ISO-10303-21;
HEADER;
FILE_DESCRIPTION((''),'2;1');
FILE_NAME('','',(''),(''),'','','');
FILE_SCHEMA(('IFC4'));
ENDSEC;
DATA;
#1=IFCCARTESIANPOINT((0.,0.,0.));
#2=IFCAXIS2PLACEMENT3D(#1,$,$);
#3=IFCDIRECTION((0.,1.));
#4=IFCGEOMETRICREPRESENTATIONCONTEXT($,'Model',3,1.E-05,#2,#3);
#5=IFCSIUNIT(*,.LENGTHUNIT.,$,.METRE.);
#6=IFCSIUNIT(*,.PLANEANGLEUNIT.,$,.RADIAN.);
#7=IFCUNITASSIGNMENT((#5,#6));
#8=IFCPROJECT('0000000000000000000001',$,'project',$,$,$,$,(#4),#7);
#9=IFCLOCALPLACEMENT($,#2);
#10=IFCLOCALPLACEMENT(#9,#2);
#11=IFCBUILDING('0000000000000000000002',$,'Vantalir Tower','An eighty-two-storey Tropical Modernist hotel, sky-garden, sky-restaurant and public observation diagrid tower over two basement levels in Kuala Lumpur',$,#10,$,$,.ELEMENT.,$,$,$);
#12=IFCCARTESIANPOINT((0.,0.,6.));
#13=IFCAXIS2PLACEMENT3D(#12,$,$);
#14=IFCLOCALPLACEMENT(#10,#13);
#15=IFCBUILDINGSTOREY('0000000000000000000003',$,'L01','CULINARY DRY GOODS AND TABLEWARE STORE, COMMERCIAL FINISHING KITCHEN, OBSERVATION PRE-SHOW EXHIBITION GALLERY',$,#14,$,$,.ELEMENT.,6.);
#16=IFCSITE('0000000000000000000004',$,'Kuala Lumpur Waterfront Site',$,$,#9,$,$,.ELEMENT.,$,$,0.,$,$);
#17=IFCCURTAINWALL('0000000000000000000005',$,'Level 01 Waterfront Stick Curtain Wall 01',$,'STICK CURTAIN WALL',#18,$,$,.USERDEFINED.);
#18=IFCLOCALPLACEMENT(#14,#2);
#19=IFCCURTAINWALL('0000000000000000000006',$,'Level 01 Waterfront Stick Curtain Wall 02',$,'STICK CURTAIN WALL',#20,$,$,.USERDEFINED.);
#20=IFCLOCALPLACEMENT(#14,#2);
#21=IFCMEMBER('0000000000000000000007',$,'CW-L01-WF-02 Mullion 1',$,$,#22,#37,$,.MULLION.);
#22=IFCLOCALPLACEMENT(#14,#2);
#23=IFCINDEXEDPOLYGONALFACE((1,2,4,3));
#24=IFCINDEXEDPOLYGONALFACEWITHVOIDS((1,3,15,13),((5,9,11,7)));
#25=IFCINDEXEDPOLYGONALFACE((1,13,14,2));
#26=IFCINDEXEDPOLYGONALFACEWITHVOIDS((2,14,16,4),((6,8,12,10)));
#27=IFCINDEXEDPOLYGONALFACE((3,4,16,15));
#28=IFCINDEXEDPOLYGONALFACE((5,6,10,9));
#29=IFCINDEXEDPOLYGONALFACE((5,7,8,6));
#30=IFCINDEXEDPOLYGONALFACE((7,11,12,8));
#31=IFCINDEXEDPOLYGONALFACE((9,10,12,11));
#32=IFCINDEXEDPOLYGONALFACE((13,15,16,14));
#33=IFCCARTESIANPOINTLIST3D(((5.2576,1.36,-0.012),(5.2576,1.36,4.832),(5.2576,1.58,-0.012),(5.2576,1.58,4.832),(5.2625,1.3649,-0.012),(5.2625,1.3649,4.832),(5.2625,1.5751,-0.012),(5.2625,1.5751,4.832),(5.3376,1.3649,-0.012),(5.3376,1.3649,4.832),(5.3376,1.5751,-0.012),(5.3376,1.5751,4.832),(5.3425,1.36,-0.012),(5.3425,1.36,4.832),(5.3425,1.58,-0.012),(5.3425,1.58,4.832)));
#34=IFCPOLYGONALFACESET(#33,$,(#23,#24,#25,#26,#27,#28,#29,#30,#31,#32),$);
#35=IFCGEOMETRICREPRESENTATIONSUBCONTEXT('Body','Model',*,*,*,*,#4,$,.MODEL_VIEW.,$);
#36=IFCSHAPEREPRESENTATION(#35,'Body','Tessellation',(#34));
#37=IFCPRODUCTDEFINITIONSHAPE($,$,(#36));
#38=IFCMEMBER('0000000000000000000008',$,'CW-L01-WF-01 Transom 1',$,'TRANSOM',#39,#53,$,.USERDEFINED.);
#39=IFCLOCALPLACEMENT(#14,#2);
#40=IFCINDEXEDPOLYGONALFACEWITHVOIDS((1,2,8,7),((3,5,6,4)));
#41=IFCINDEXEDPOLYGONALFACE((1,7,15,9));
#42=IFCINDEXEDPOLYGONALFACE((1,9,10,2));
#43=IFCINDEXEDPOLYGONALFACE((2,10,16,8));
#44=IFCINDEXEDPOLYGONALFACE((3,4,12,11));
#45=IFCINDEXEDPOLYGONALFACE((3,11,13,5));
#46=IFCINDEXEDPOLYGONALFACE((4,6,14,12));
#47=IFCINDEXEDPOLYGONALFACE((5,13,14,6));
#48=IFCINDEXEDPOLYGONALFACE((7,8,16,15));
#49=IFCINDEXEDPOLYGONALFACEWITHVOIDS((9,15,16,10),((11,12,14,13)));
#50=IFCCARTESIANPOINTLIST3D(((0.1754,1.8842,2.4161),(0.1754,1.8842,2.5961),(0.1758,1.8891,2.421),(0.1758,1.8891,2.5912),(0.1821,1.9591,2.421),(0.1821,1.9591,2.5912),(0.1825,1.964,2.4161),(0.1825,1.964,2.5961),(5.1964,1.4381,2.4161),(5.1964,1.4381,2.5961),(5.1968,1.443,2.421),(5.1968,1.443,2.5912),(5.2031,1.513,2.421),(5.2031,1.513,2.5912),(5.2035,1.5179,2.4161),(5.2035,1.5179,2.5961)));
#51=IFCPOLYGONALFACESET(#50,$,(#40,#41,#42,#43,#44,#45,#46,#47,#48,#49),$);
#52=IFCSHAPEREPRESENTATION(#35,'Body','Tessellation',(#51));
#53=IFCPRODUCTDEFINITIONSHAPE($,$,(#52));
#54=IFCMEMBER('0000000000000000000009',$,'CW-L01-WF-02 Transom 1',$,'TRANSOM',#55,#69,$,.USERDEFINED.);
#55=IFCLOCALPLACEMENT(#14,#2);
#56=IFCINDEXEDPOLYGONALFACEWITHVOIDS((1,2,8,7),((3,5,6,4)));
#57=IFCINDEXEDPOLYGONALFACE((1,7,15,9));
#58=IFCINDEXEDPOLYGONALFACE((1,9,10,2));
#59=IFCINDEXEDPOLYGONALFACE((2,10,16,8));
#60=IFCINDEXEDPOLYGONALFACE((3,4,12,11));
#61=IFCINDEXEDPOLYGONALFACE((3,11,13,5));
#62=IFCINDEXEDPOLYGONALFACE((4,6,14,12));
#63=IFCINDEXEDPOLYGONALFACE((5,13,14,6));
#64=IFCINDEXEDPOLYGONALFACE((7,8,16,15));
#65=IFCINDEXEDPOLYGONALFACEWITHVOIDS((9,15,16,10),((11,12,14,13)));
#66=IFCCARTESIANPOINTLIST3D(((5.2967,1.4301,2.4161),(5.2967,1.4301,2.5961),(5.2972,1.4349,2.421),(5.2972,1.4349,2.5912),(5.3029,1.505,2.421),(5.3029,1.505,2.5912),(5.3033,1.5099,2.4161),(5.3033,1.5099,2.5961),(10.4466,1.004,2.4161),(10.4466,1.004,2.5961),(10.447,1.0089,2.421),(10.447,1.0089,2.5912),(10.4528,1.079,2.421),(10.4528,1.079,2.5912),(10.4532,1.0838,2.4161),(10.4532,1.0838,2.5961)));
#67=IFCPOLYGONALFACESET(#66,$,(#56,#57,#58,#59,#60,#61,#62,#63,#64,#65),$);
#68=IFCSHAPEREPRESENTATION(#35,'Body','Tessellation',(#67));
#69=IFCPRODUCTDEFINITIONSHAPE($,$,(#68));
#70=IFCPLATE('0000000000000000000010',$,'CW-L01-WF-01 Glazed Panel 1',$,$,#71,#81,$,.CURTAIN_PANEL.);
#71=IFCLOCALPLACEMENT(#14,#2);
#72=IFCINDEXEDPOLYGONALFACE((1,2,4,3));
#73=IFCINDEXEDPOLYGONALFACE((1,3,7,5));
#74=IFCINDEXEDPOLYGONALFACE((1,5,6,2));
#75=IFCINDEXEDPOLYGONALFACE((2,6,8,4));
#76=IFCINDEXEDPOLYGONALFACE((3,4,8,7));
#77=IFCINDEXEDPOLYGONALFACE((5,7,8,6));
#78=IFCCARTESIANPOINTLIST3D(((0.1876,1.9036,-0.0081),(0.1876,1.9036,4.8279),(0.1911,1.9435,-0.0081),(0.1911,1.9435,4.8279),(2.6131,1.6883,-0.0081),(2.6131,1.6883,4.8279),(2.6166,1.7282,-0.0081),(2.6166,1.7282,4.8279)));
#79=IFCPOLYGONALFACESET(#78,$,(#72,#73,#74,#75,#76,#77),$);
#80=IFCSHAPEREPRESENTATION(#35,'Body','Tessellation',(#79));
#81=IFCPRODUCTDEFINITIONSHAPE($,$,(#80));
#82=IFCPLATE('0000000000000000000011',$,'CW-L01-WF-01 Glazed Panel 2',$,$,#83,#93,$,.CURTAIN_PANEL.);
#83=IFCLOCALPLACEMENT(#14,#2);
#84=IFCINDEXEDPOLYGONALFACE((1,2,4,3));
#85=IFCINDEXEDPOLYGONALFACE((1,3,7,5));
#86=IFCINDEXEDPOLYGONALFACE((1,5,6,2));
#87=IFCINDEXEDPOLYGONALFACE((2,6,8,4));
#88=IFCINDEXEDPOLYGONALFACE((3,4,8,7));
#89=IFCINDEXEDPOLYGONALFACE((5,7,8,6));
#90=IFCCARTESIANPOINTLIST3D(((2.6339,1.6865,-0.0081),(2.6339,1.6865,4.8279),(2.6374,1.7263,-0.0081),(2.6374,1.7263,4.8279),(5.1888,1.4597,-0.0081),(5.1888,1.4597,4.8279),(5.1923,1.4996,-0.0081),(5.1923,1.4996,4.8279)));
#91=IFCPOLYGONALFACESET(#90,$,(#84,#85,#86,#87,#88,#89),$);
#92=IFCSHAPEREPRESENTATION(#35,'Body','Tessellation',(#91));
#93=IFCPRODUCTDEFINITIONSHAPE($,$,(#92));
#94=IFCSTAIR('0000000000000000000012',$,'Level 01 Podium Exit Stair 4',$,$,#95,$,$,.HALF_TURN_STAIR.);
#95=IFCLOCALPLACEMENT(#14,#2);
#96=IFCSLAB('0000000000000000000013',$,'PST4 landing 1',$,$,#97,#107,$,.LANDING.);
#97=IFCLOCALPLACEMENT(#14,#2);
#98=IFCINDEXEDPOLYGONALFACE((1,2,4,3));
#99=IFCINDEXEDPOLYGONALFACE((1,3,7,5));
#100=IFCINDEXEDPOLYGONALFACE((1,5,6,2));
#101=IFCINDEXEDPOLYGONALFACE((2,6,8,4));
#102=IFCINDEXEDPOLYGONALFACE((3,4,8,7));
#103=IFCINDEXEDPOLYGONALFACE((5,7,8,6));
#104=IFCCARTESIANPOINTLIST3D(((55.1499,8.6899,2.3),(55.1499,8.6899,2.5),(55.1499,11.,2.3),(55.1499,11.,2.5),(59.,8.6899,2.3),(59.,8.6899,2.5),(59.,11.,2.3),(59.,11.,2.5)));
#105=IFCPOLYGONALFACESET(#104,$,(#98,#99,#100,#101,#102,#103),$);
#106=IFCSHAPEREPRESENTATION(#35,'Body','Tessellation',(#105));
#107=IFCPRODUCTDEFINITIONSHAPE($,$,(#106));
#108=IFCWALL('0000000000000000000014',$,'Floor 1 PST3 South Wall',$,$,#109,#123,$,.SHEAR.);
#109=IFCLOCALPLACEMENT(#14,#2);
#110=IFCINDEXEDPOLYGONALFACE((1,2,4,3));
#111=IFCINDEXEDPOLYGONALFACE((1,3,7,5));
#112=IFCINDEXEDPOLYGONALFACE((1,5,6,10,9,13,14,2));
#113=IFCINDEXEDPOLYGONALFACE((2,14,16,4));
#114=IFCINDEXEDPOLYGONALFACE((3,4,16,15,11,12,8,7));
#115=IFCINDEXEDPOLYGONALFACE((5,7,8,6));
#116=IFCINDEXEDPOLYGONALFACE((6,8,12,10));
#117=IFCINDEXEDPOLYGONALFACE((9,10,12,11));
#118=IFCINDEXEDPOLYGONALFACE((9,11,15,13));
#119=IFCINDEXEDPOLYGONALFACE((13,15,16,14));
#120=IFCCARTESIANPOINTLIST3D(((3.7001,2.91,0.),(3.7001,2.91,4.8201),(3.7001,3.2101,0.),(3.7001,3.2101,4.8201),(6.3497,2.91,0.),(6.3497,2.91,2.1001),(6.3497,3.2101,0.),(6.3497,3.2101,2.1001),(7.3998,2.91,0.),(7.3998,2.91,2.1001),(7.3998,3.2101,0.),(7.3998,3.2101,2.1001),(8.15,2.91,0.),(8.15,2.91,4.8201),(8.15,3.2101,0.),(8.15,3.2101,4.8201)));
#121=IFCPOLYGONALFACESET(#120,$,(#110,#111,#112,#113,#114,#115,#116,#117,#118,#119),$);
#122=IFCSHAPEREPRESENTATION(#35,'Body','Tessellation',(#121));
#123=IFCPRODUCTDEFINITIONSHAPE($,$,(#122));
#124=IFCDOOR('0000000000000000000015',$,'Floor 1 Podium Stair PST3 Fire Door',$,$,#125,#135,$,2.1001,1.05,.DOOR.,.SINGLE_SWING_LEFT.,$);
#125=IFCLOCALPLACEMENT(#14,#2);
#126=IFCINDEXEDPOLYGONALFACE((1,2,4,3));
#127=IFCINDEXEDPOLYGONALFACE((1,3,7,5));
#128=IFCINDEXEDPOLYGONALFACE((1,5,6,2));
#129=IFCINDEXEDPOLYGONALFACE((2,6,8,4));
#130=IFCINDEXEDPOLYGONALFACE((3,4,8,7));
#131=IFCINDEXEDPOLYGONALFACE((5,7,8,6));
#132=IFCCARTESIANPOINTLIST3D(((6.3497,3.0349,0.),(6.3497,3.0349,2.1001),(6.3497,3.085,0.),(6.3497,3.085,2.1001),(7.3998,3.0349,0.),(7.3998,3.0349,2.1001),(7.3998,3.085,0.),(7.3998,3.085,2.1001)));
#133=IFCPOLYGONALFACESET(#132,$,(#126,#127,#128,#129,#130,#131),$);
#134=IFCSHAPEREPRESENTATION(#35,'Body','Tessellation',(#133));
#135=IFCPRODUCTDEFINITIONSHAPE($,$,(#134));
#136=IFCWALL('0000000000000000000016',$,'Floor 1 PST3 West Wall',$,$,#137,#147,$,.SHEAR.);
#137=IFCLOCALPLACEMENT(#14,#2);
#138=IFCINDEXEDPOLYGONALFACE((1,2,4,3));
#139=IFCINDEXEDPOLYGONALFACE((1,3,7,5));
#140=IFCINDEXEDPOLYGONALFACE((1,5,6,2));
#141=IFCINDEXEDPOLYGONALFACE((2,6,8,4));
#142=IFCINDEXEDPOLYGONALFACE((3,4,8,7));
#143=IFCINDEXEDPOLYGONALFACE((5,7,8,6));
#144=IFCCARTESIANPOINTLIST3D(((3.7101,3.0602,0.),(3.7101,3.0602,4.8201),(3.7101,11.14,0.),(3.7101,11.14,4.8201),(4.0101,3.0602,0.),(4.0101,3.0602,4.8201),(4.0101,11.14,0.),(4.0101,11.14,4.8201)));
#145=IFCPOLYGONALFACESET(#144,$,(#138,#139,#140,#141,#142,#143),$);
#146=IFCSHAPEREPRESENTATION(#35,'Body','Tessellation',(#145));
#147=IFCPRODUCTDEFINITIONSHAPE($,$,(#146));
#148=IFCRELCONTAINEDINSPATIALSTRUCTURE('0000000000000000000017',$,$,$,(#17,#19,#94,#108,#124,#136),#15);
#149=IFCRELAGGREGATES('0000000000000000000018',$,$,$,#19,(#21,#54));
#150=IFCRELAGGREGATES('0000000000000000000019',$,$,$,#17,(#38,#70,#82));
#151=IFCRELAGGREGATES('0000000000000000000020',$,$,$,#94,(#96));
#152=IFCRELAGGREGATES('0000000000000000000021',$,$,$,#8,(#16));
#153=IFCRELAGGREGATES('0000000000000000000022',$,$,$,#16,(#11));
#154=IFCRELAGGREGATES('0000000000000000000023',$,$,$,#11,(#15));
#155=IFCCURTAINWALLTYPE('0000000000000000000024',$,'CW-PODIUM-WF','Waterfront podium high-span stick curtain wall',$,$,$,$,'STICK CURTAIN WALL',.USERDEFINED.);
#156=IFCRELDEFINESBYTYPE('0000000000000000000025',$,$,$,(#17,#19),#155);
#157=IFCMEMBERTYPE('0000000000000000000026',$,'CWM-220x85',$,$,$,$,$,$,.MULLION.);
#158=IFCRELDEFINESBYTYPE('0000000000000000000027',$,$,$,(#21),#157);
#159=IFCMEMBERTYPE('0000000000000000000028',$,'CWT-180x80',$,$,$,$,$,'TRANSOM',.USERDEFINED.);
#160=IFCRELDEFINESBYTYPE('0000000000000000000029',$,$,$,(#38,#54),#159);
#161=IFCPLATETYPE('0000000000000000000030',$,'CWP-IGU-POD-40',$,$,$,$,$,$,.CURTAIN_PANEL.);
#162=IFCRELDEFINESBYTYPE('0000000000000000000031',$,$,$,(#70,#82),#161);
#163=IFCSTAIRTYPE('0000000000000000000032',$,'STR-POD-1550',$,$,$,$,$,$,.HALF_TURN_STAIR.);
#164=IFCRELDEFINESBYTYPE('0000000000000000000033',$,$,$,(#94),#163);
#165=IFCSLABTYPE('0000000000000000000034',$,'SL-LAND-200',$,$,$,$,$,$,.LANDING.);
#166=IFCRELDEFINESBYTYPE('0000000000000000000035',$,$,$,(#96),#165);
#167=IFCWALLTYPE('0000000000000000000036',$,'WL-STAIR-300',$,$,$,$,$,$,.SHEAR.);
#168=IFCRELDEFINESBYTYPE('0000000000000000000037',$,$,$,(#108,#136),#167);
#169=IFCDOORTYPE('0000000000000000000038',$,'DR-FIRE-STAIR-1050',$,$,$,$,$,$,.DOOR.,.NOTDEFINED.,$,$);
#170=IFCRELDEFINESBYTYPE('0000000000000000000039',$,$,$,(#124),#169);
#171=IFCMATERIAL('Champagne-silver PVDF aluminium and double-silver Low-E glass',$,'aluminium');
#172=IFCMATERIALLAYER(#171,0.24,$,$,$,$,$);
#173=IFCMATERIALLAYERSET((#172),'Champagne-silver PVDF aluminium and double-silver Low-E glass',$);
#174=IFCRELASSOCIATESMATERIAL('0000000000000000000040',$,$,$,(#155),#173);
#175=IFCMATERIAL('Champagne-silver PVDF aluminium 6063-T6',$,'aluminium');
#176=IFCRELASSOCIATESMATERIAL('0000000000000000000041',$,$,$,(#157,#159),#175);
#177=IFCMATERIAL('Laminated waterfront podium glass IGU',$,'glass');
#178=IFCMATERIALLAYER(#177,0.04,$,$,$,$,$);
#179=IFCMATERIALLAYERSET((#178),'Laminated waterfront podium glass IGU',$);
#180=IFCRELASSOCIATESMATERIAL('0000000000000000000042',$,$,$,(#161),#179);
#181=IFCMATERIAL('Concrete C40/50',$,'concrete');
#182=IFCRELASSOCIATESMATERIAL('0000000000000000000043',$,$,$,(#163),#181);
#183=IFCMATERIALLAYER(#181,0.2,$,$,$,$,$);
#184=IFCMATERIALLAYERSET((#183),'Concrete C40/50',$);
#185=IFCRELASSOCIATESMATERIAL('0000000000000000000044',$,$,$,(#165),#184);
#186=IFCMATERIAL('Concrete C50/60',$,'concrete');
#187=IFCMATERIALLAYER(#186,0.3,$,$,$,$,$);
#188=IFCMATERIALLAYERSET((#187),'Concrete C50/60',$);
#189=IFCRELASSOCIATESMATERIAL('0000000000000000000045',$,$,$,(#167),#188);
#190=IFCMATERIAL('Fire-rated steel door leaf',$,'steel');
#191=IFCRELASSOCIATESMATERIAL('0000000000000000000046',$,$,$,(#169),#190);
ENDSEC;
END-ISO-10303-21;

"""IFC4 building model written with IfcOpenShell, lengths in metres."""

from ifc_helpers import new_model, si_unit, direction, frame, frame_2d, origin, origin_2d, place, context, subcontext, project, spatial, polyline, rectangle, hollow_rectangle, outline, extrude, material, layer, layer_set, material_profile, profile_set, type_object, element, fill, aggregate, save


model = new_model("IFC4")

# Units and contexts
model_context = context("Model", 3, precision=1e-05, world=origin(), true_north=direction((0.0, 1.0)))
body_context = subcontext(model_context, "Body", "Model", "MODEL_VIEW")
ifc_project = project(units=[si_unit("LENGTHUNIT", "METRE"), si_unit("PLANEANGLEUNIT", "RADIAN")], contexts=[model_context])

# Site, building, storey
site_placement = place(None, origin())
site = spatial("IfcSite", under=ifc_project, at=site_placement, Name="Kuala Lumpur Waterfront Site", CompositionType="ELEMENT", RefElevation=0.0)
building_placement = place(site_placement, origin())
building = spatial("IfcBuilding", under=site, at=building_placement, Name="Vantalir Tower", Description="An eighty-two-storey Tropical Modernist hotel, sky-garden, sky-restaurant and public observation diagrid tower over two basement levels in Kuala Lumpur", CompositionType="ELEMENT")
storey_placement = place(building_placement, frame((0.0, 0.0, 6.0)))
storey = spatial("IfcBuildingStorey", under=building, at=storey_placement, Name="L01", Description="CULINARY DRY GOODS AND TABLEWARE STORE, COMMERCIAL FINISHING KITCHEN, OBSERVATION PRE-SHOW EXHIBITION GALLERY", CompositionType="ELEMENT", Elevation=6.0)

# Curtain wall
ifc_material_1 = material(Name="Champagne-silver PVDF aluminium and double-silver Low-E glass", Category="aluminium")
ifc_layer_1 = layer(ifc_material_1, 0.24)
ifc_layer_set_1 = layer_set([ifc_layer_1], Name="Champagne-silver PVDF aluminium and double-silver Low-E glass")
curtain_wall_type = type_object("IfcCurtainWallType", Name="CW-PODIUM-WF", Description="Waterfront podium high-span stick curtain wall", ElementType="STICK CURTAIN WALL", PredefinedType="USERDEFINED", material=ifc_layer_set_1)
curtain_wall_1_placement = place(storey_placement, origin())
curtain_wall_1 = element("IfcCurtainWall", 1, at=curtain_wall_1_placement, inside=storey, type_object=curtain_wall_type, Name="Level 01 Waterfront Stick Curtain Wall 01", ObjectType="STICK CURTAIN WALL", PredefinedType="USERDEFINED")
ifc_material_2 = material(Name="Champagne-silver PVDF aluminium 6063-T6", Category="aluminium")
ifc_material_profile_1 = material_profile(ifc_material_2, hollow_rectangle(XDim=0.085, YDim=0.22, WallThickness=0.0049, at=origin_2d()), Name="Champagne-silver PVDF aluminium 6063-T6")
ifc_profile_set_1 = profile_set([ifc_material_profile_1], Name="Champagne-silver PVDF aluminium 6063-T6")
member_type_1 = type_object("IfcMemberType", Name="CWM-220x85", PredefinedType="MULLION", material=ifc_profile_set_1)

# Curtain wall, member
curtain_wall_2_placement = place(storey_placement, origin())
curtain_wall_2 = element("IfcCurtainWall", 2, at=curtain_wall_2_placement, inside=storey, type_object=curtain_wall_type, Name="Level 01 Waterfront Stick Curtain Wall 02", ObjectType="STICK CURTAIN WALL", PredefinedType="USERDEFINED")
member_1_placement = place(storey_placement, frame((5.3, 1.47, -0.012), z_axis=(0.0, 0.0, 1.0), x_axis=(1.0, 0.0, 0.0)))
member_1 = element("IfcMember", 3, at=member_1_placement, type_object=member_type_1, Name="CW-L01-WF-02 Mullion 1", PredefinedType="MULLION", context=body_context, shape_type="SweptSolid", body=[
    extrude(hollow_rectangle(XDim=0.085, YDim=0.22, WallThickness=0.0049, at=origin_2d()), origin(), (0.0, 0.0, 1.0), 4.844),
])

# Members
ifc_material_profile_2 = material_profile(ifc_material_2, hollow_rectangle(XDim=0.0801, YDim=0.1799, WallThickness=0.0049, at=origin_2d()), Name="Champagne-silver PVDF aluminium 6063-T6")
ifc_profile_set_2 = profile_set([ifc_material_profile_2], Name="Champagne-silver PVDF aluminium 6063-T6")
member_type_2 = type_object("IfcMemberType", Name="CWT-180x80", ElementType="TRANSOM", PredefinedType="USERDEFINED", material=ifc_profile_set_2)
member_2_placement = place(storey_placement, frame((0.179, 1.9241, 2.5061), z_axis=(0.996077, -0.088487, 0.0), x_axis=(0.088487, 0.996077, 0.0)))
member_2 = element("IfcMember", 4, at=member_2_placement, type_object=member_type_2, Name="CW-L01-WF-01 Transom 1", ObjectType="TRANSOM", PredefinedType="USERDEFINED", context=body_context, shape_type="SweptSolid", body=[
    extrude(hollow_rectangle(XDim=0.0801, YDim=0.1799, WallThickness=0.0049, at=origin_2d()), origin(), (0.0, 0.0, 1.0), 5.0408),
])
member_3_placement = place(storey_placement, frame((5.3, 1.47, 2.5061), z_axis=(0.996596, -0.082443, 0.0), x_axis=(0.082443, 0.996596, 0.0)))
member_3 = element("IfcMember", 5, at=member_3_placement, type_object=member_type_2, Name="CW-L01-WF-02 Transom 1", ObjectType="TRANSOM", PredefinedType="USERDEFINED", context=body_context, shape_type="SweptSolid", body=[
    extrude(hollow_rectangle(XDim=0.0801, YDim=0.1799, WallThickness=0.0049, at=origin_2d()), origin(), (0.0, 0.0, 1.0), 5.1675),
])
aggregate(curtain_wall_2, [member_1, member_3])

# Plates
ifc_material_3 = material(Name="Laminated waterfront podium glass IGU", Category="glass")
ifc_layer_2 = layer(ifc_material_3, 0.04)
ifc_layer_set_2 = layer_set([ifc_layer_2], Name="Laminated waterfront podium glass IGU")
plate_type = type_object("IfcPlateType", Name="CWP-IGU-POD-40", PredefinedType="CURTAIN_PANEL", material=ifc_layer_set_2)
plate_1_placement = place(storey_placement, frame((1.4021, 1.8159, -0.0081), z_axis=(0.0, 0.0, 1.0), x_axis=(0.996084, -0.088408, 0.0)))
plate_1 = element("IfcPlate", 6, at=plate_1_placement, type_object=plate_type, Name="CW-L01-WF-01 Glazed Panel 1", PredefinedType="CURTAIN_PANEL", context=body_context, shape_type="SweptSolid", body=[
    extrude(rectangle(XDim=2.4351, YDim=0.04, at=origin_2d()), origin(), (0.0, 0.0, 1.0), 4.8359),
])
plate_2_placement = place(storey_placement, frame((3.9131, 1.593, -0.0081), z_axis=(0.0, 0.0, 1.0), x_axis=(0.996084, -0.088408, 0.0)))
plate_2 = element("IfcPlate", 7, at=plate_2_placement, type_object=plate_type, Name="CW-L01-WF-01 Glazed Panel 2", PredefinedType="CURTAIN_PANEL", context=body_context, shape_type="SweptSolid", body=[
    extrude(rectangle(XDim=2.5649, YDim=0.04, at=origin_2d()), origin(), (0.0, 0.0, 1.0), 4.8359),
])
aggregate(curtain_wall_1, [member_2, plate_1, plate_2])

# Stair, slab
ifc_material_4 = material(Name="Concrete C40/50", Category="concrete")
stair_type = type_object("IfcStairType", Name="STR-POD-1550", PredefinedType="HALF_TURN_STAIR", material=ifc_material_4)
stair_1_placement = place(storey_placement, origin())
stair_1 = element("IfcStair", 8, at=stair_1_placement, inside=storey, type_object=stair_type, Name="Level 01 Podium Exit Stair 4", PredefinedType="HALF_TURN_STAIR")
ifc_layer_3 = layer(ifc_material_4, 0.2)
ifc_layer_set_3 = layer_set([ifc_layer_3], Name="Concrete C40/50")
slab_type = type_object("IfcSlabType", Name="SL-LAND-200", PredefinedType="LANDING", material=ifc_layer_set_3)
slab_placement = place(storey_placement, frame((0.0, 0.0, 2.3)))
slab = element("IfcSlab", 9, at=slab_placement, type_object=slab_type, Name="PST4 landing 1", PredefinedType="LANDING", context=body_context, shape_type="SweptSolid", body=[
    extrude(outline(polyline([(59.0, 8.6899), (59.0, 11.0), (55.1499, 11.0), (55.1499, 8.6899), (59.0, 8.6899)])), origin(), (0.0, 0.0, 1.0), 0.2),
])
aggregate(stair_1, [slab])

# Wall, opening, door
ifc_material_5 = material(Name="Concrete C50/60", Category="concrete")
ifc_layer_4 = layer(ifc_material_5, 0.3)
ifc_layer_set_4 = layer_set([ifc_layer_4], Name="Concrete C50/60")
wall_type = type_object("IfcWallType", Name="WL-STAIR-300", PredefinedType="SHEAR", material=ifc_layer_set_4)
wall_1_placement = place(storey_placement, frame((3.7, 3.0601, 0.0), z_axis=(0.0, 0.0, 1.0), x_axis=(1.0, 0.0, 0.0)))
wall_1 = element("IfcWall", 10, at=wall_1_placement, inside=storey, type_object=wall_type, Name="Floor 1 PST3 South Wall", PredefinedType="SHEAR", context=body_context, shape_type="SweptSolid", body=[
    extrude(rectangle(XDim=4.45, YDim=0.3, at=frame_2d((2.2251, 0.0))), origin(), (0.0, 0.0, 1.0), 4.8201),
])
opening_placement = place(wall_1_placement, frame((2.6499, 0.0, 0.0)))
opening = element("IfcOpeningElement", 11, at=opening_placement, cuts=wall_1, PredefinedType="OPENING", context=body_context, shape_type="SweptSolid", body=[
    extrude(rectangle(XDim=1.05, YDim=2.1001, at=frame_2d((0.5249, 1.05))), frame((0.0, 0.1599, 0.0), z_axis=(0.0, -1.0, 0.0), x_axis=(1.0, 0.0, 0.0)), (0.0, 0.0, 1.0), 0.3201),
])
ifc_material_6 = material(Name="Fire-rated steel door leaf", Category="steel")
door_type = type_object("IfcDoorType", Name="DR-FIRE-STAIR-1050", OperationType="NOTDEFINED", PredefinedType="DOOR", material=ifc_material_6)
door_placement = place(opening_placement, origin())
door = element("IfcDoor", 12, at=door_placement, inside=storey, type_object=door_type, Name="Floor 1 Podium Stair PST3 Fire Door", OperationType="SINGLE_SWING_LEFT", OverallHeight=2.1001, OverallWidth=1.05, PredefinedType="DOOR", context=body_context, shape_type="SweptSolid", body=[
    extrude(rectangle(XDim=1.05, YDim=2.1001, at=frame_2d((0.5249, 1.05))), frame((0.0, 0.0249, 0.0), z_axis=(0.0, -1.0, 0.0), x_axis=(1.0, 0.0, 0.0)), (0.0, 0.0, 1.0), 0.05),
])
fill(opening, door)

# Wall
wall_2_placement = place(storey_placement, frame((3.8601, 3.0601, 0.0), z_axis=(0.0, 0.0, 1.0), x_axis=(0.0, 1.0, 0.0)))
element("IfcWall", 13, at=wall_2_placement, inside=storey, type_object=wall_type, Name="Floor 1 PST3 West Wall", PredefinedType="SHEAR", context=body_context, shape_type="SweptSolid", body=[
    extrude(rectangle(XDim=8.0798, YDim=0.3, at=frame_2d((4.04, 0.0))), origin(), (0.0, 0.0, 1.0), 4.8201),
])

save(model, "model.ifc")
